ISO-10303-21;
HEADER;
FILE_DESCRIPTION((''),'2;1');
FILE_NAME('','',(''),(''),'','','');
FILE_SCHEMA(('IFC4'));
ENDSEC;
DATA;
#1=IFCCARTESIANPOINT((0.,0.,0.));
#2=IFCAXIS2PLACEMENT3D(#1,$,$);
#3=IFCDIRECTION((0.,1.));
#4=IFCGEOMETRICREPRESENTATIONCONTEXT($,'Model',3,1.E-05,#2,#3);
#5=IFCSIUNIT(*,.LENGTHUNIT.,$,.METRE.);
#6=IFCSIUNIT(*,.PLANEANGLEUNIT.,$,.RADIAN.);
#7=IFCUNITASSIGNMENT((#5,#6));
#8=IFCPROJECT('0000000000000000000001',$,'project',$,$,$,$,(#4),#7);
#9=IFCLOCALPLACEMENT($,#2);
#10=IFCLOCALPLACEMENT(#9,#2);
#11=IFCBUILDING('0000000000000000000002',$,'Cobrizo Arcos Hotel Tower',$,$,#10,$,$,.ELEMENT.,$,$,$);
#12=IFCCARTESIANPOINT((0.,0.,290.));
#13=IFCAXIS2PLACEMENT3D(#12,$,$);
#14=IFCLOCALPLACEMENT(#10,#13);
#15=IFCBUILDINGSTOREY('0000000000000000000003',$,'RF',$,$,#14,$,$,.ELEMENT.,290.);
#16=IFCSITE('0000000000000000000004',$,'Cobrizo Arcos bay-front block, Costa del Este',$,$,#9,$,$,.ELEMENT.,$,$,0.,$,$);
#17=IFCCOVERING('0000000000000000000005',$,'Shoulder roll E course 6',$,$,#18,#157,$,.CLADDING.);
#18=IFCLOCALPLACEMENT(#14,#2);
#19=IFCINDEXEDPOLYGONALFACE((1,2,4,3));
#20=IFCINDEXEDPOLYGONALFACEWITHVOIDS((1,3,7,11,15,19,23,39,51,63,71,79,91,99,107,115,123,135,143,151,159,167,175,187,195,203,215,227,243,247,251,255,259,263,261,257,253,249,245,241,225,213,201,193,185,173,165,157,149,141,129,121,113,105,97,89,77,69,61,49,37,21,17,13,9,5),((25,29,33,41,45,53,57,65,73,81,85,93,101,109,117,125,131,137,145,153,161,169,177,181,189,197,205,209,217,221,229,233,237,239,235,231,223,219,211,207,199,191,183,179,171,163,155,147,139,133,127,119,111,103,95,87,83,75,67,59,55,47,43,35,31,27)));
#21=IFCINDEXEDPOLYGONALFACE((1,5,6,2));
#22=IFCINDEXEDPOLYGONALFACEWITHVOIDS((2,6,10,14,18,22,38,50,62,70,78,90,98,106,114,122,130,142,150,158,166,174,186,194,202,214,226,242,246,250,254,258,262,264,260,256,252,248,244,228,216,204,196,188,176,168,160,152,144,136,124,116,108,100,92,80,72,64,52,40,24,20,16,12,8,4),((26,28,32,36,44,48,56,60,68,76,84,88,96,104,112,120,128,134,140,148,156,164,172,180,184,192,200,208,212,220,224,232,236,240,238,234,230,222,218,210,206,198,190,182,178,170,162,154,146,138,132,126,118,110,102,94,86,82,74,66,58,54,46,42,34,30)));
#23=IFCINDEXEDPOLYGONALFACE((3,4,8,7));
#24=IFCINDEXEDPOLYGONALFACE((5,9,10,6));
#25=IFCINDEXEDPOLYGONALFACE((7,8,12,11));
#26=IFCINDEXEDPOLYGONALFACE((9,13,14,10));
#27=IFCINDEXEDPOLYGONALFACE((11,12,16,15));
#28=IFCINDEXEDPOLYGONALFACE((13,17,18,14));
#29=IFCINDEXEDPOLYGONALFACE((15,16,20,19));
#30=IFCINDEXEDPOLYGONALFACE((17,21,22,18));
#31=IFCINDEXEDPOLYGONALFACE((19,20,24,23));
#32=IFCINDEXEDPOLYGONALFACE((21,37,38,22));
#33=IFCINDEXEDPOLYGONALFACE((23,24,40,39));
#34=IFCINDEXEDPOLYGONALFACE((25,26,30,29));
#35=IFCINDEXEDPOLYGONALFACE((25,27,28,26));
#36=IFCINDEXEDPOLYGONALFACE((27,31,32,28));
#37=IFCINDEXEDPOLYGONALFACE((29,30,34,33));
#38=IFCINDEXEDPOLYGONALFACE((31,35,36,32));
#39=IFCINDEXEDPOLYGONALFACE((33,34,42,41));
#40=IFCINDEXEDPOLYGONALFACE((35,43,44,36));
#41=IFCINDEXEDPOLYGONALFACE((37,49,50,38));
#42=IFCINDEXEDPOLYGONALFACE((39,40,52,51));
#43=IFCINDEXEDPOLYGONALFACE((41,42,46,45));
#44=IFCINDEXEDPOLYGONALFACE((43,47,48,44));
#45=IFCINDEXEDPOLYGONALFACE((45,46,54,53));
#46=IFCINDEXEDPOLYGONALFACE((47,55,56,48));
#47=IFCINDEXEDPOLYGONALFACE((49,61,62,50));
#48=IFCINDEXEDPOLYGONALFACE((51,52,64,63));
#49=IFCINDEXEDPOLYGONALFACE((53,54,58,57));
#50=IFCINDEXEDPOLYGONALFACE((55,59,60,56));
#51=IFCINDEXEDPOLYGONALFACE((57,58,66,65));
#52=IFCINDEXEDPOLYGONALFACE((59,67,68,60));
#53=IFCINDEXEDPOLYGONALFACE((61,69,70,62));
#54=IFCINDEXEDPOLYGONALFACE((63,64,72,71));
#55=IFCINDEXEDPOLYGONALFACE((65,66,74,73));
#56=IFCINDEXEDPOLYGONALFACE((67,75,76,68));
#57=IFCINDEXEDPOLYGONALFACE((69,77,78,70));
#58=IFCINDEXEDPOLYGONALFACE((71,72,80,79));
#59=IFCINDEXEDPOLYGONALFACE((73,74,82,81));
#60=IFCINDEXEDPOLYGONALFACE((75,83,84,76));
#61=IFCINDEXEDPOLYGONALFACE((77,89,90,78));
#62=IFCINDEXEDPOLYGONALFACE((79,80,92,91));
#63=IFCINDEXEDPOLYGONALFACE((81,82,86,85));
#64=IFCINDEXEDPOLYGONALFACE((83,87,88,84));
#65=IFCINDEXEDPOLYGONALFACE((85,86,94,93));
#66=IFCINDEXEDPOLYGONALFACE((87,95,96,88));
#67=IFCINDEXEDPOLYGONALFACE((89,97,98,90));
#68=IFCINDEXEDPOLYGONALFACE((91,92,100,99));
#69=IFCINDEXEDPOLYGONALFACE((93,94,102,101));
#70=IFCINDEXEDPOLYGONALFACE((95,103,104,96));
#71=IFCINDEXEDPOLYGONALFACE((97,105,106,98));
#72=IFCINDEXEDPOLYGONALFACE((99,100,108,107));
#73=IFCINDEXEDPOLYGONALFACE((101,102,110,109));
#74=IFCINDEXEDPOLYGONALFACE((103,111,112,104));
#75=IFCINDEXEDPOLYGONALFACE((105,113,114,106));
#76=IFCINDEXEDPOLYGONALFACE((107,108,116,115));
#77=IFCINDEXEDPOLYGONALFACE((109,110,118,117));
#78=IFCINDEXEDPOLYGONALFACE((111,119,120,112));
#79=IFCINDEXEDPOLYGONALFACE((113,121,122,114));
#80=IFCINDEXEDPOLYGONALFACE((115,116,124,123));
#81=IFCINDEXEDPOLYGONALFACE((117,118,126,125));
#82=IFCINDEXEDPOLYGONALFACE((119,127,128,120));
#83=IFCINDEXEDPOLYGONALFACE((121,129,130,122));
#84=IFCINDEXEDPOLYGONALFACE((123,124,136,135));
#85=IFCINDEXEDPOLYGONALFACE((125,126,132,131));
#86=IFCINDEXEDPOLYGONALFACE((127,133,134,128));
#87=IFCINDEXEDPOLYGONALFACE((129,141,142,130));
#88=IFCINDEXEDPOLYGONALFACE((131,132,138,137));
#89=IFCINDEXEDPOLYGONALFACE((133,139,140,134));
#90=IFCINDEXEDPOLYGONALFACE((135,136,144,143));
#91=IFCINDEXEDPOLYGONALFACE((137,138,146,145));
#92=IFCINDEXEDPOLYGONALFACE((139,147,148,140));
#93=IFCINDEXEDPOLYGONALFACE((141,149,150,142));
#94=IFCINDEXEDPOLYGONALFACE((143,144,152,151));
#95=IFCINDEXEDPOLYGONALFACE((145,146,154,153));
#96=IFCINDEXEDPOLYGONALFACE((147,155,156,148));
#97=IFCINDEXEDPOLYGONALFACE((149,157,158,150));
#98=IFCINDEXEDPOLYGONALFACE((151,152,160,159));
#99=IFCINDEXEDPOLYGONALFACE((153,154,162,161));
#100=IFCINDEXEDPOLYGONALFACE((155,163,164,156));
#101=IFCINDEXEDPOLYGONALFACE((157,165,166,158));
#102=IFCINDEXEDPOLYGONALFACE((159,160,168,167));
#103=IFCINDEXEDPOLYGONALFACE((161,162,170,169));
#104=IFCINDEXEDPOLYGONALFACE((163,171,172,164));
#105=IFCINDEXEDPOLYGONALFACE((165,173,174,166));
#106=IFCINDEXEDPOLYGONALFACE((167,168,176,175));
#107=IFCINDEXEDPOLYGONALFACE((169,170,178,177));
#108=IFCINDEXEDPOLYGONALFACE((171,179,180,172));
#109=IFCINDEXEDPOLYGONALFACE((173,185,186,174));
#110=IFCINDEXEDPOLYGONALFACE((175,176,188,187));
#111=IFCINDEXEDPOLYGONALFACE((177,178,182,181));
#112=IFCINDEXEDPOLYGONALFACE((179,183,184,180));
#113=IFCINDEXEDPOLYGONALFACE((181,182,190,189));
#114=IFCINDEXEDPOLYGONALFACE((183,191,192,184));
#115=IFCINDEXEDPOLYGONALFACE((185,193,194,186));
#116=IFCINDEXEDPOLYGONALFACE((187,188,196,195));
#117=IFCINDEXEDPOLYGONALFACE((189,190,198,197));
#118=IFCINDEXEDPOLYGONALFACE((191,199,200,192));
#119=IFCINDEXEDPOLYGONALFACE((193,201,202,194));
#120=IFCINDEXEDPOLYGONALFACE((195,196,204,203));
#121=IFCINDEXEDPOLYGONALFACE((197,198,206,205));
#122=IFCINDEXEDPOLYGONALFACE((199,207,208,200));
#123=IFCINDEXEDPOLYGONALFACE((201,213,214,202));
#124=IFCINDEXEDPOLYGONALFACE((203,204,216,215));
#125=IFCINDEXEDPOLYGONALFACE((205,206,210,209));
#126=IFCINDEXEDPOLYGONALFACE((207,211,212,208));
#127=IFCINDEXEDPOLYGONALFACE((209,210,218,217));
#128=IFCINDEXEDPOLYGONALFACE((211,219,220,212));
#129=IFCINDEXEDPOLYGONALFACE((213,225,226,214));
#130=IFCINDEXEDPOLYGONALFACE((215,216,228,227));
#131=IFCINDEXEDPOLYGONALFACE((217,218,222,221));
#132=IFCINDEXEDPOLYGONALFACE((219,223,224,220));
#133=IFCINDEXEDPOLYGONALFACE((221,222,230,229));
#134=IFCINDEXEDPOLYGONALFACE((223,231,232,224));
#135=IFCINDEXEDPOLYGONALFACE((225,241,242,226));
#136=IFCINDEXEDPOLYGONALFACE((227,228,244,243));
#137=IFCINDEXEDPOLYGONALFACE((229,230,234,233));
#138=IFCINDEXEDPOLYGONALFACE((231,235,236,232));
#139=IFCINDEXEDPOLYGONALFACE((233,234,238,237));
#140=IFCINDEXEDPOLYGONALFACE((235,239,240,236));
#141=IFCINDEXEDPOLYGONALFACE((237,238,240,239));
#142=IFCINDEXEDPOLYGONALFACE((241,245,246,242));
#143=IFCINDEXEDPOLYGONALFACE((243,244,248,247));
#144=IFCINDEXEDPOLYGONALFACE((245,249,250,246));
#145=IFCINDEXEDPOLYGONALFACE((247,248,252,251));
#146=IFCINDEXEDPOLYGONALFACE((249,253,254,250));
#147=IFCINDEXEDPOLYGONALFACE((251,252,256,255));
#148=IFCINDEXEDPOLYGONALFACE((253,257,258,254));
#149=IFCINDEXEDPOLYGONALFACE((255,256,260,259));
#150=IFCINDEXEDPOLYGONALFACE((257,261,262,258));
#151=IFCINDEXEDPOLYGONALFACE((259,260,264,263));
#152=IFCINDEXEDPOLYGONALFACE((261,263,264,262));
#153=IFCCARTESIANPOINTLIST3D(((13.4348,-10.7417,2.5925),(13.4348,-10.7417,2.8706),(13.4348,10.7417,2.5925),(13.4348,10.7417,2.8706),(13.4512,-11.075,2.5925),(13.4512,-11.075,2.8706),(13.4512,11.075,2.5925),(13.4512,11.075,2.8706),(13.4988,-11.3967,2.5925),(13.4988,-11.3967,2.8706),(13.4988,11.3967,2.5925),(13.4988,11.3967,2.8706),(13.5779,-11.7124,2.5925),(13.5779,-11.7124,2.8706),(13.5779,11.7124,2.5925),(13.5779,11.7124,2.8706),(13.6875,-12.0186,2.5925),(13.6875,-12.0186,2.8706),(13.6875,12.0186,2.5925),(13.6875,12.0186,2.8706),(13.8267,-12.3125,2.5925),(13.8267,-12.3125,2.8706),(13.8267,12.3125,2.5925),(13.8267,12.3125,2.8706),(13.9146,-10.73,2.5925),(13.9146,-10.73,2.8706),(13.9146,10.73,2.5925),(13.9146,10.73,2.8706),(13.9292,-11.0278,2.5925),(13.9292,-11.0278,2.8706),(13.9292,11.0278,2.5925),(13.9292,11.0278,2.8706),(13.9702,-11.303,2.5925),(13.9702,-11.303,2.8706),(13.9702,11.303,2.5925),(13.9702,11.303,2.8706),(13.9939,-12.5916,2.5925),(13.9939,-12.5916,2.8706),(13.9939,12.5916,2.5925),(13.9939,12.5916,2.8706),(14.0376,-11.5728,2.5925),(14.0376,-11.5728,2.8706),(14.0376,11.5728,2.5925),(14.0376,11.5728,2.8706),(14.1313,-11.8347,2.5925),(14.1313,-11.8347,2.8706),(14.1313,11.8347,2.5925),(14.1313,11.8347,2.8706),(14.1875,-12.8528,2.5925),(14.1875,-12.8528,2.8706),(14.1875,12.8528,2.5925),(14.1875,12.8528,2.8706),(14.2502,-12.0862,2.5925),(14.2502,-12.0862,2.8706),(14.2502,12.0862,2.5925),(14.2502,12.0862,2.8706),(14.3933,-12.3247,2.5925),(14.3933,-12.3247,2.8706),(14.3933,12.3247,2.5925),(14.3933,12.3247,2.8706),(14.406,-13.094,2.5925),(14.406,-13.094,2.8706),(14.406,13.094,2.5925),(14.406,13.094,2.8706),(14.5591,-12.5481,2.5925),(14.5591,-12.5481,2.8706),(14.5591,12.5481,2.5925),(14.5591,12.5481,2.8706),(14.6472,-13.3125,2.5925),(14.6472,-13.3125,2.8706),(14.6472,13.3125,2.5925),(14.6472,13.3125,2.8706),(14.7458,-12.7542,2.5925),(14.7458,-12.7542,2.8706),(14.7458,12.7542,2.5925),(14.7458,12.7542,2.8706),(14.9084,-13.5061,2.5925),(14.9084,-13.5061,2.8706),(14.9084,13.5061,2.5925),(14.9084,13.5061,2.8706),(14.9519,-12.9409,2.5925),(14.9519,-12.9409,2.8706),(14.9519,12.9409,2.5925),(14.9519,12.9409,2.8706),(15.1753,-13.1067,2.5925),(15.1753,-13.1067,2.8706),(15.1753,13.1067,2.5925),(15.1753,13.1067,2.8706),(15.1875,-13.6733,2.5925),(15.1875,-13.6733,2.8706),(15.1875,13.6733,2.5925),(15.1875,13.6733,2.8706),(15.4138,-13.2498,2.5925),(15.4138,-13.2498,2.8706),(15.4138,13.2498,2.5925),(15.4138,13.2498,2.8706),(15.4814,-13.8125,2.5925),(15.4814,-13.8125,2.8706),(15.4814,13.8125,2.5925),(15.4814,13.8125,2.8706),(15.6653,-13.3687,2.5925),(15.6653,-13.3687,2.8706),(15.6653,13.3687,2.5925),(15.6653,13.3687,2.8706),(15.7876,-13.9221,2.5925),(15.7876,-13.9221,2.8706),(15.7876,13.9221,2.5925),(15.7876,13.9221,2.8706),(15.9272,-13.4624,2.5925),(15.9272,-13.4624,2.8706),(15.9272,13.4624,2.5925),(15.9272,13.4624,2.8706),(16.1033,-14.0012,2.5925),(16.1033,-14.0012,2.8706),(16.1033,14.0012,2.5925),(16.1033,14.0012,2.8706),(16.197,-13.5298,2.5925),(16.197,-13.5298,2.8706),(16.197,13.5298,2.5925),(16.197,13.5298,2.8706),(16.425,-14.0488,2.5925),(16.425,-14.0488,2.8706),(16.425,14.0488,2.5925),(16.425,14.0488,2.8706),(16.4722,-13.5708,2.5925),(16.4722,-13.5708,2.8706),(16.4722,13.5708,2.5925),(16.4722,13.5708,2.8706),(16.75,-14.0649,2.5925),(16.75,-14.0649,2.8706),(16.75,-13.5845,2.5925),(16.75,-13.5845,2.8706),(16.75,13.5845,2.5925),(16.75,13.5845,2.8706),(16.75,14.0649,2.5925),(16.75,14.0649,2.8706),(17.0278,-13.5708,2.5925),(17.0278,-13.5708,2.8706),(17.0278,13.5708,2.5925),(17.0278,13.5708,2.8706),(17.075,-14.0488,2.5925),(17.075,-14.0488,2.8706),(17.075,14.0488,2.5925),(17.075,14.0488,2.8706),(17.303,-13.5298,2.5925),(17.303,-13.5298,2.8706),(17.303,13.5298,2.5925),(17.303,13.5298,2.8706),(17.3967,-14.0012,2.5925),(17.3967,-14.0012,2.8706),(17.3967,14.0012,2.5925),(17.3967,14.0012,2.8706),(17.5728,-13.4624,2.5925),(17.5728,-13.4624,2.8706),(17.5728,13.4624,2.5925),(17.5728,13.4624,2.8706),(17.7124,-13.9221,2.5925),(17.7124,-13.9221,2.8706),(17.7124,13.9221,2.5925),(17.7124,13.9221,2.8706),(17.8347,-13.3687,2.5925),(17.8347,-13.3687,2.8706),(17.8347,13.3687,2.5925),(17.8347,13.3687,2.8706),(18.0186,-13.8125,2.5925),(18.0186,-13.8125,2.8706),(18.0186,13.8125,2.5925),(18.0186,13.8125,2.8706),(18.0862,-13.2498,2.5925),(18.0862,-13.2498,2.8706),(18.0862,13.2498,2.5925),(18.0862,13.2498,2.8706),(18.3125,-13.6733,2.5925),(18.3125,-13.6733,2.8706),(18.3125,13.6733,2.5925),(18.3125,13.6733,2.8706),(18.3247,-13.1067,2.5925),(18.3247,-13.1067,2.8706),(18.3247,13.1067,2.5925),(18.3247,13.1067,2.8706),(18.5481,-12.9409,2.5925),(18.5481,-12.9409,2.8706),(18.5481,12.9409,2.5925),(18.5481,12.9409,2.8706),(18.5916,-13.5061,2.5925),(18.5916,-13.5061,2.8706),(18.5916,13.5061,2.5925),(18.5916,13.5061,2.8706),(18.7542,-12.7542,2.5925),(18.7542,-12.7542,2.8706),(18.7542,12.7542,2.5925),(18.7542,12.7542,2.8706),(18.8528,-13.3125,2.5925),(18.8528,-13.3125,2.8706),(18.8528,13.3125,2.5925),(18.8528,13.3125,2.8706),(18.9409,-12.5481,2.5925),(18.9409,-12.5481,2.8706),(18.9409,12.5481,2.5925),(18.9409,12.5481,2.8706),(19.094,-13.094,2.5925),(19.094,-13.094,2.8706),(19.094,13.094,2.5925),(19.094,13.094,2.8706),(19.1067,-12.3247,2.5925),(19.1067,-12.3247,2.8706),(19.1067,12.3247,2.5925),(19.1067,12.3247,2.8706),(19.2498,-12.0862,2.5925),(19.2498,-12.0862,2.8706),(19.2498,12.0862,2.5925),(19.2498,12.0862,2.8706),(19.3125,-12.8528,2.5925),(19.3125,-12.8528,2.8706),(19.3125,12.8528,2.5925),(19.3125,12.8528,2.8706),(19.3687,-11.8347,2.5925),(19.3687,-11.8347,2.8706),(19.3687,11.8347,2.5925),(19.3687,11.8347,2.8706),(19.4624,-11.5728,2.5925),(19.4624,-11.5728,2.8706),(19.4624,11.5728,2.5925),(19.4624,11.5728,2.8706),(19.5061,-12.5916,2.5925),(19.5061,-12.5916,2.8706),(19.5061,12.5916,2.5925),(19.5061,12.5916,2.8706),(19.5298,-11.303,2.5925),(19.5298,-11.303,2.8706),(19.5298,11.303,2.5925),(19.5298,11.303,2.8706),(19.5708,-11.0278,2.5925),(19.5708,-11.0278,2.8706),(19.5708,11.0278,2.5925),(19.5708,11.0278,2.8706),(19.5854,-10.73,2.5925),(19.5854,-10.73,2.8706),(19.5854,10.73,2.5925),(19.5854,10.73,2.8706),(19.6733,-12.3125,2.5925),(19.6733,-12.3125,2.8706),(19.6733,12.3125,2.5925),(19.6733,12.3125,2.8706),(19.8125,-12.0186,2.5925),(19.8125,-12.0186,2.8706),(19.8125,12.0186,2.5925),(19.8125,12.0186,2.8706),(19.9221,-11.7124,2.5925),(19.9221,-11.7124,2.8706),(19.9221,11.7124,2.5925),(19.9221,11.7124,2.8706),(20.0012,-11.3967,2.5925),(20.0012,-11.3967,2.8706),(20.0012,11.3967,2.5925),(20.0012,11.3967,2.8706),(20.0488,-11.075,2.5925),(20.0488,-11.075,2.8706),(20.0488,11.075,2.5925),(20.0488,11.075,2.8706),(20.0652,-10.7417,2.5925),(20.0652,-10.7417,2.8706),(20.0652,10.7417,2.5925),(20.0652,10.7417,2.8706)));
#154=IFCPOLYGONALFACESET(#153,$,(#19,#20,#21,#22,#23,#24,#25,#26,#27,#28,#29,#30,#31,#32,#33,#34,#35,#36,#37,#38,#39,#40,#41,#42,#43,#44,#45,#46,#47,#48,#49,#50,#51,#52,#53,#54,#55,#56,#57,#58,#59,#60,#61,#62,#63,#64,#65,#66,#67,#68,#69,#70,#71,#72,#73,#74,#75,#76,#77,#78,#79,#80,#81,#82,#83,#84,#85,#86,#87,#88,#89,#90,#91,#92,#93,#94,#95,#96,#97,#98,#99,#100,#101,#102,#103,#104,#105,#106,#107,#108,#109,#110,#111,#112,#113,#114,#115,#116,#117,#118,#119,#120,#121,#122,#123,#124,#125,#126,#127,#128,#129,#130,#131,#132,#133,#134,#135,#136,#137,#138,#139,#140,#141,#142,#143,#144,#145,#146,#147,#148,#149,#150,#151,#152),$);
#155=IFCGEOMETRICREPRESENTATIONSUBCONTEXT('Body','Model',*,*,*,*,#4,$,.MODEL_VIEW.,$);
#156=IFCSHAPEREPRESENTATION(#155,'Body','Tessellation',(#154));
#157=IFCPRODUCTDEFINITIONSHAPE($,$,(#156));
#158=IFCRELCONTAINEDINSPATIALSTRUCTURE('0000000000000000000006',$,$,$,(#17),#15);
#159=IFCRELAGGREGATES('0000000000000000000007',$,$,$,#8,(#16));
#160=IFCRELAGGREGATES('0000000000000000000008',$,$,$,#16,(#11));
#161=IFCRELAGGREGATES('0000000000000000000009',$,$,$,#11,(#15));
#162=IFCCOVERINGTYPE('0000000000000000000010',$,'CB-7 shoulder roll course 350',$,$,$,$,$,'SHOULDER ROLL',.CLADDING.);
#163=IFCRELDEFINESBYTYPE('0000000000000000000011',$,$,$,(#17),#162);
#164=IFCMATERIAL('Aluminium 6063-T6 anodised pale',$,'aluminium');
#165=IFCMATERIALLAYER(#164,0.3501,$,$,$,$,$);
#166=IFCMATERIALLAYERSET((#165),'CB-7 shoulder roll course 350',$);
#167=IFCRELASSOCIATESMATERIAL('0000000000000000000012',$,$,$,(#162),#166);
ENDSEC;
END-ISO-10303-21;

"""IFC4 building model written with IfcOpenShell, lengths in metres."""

from ifc_helpers import new_model, si_unit, direction, frame, origin, place, context, subcontext, project, spatial, polyline, outline, extrude, material, layer, layer_set, type_object, element, save


model = new_model("IFC4")

# Units and contexts
model_context = context("Model", 3, precision=1e-05, world=origin(), true_north=direction((0.0, 1.0)))
body_context = subcontext(model_context, "Body", "Model", "MODEL_VIEW")
ifc_project = project(units=[si_unit("LENGTHUNIT", "METRE"), si_unit("PLANEANGLEUNIT", "RADIAN")], contexts=[model_context])

# Site, building, storey
site_placement = place(None, origin())
site = spatial("IfcSite", under=ifc_project, at=site_placement, Name="Cobrizo Arcos bay-front block, Costa del Este", CompositionType="ELEMENT", RefElevation=0.0)
building_placement = place(site_placement, origin())
building = spatial("IfcBuilding", under=site, at=building_placement, Name="Cobrizo Arcos Hotel Tower", CompositionType="ELEMENT")
storey_placement = place(building_placement, frame((0.0, 0.0, 290.0)))
storey = spatial("IfcBuildingStorey", under=building, at=storey_placement, Name="RF", CompositionType="ELEMENT", Elevation=290.0)

# Covering
ifc_material_1 = material(Name="Aluminium 6063-T6 anodised pale", Category="aluminium")
ifc_layer_1 = layer(ifc_material_1, 0.3501)
ifc_layer_set_1 = layer_set([ifc_layer_1], Name="CB-7 shoulder roll course 350")
covering_type_1 = type_object("IfcCoveringType", Name="CB-7 shoulder roll course 350", ElementType="SHOULDER ROLL", PredefinedType="CLADDING", material=ifc_layer_set_1)
covering_1_placement = place(storey_placement, frame((0.0, 0.0, 2.5925)))
element("IfcCovering", 1, at=covering_1_placement, inside=storey, type_object=covering_type_1, Name="Shoulder roll E course 6", PredefinedType="CLADDING", context=body_context, shape_type="SweptSolid", body=[
    extrude(outline(polyline([(13.4348, 10.7417), (13.4512, 11.075), (13.4988, 11.3967), (13.5779, 11.7124), (13.6875, 12.0186), (13.8267, 12.3125), (13.9939, 12.5916), (14.1875, 12.8528), (14.406, 13.094), (14.6472, 13.3125), (14.9084, 13.5061), (15.1875, 13.6733), (15.4814, 13.8125), (15.7876, 13.9221), (16.1033, 14.0012), (16.425, 14.0488), (16.75, 14.0649), (17.075, 14.0488), (17.3967, 14.0012), (17.7124, 13.9221), (18.0186, 13.8125), (18.3125, 13.6733), (18.5916, 13.5061), (18.8528, 13.3125), (19.094, 13.094), (19.3125, 12.8528), (19.5061, 12.5916), (19.6733, 12.3125), (19.8125, 12.0186), (19.9221, 11.7124), (20.0012, 11.3967), (20.0488, 11.075), (20.0652, 10.7417), (20.0652, -10.7417), (20.0488, -11.075), (20.0012, -11.3967), (19.9221, -11.7124), (19.8125, -12.0186), (19.6733, -12.3125), (19.5061, -12.5916), (19.3125, -12.8528), (19.094, -13.094), (18.8528, -13.3125), (18.5916, -13.5061), (18.3125, -13.6733), (18.0186, -13.8125), (17.7124, -13.9221), (17.3967, -14.0012), (17.075, -14.0488), (16.75, -14.0649), (16.425, -14.0488), (16.1033, -14.0012), (15.7876, -13.9221), (15.4814, -13.8125), (15.1875, -13.6733), (14.9084, -13.5061), (14.6472, -13.3125), (14.406, -13.094), (14.1875, -12.8528), (13.9939, -12.5916), (13.8267, -12.3125), (13.6875, -12.0186), (13.5779, -11.7124), (13.4988, -11.3967), (13.4512, -11.075), (13.4348, -10.7417), (13.4348, 10.7417)]), holes=[polyline([(13.9146, 10.73), (13.9292, 11.0278), (13.9702, 11.303), (14.0376, 11.5728), (14.1313, 11.8347), (14.2502, 12.0862), (14.3933, 12.3247), (14.5591, 12.5481), (14.7458, 12.7542), (14.9519, 12.9409), (15.1753, 13.1067), (15.4138, 13.2498), (15.6653, 13.3687), (15.9272, 13.4624), (16.197, 13.5298), (16.4722, 13.5708), (16.75, 13.5845), (17.0278, 13.5708), (17.303, 13.5298), (17.5728, 13.4624), (17.8347, 13.3687), (18.0862, 13.2498), (18.3247, 13.1067), (18.5481, 12.9409), (18.7542, 12.7542), (18.9409, 12.5481), (19.1067, 12.3247), (19.2498, 12.0862), (19.3687, 11.8347), (19.4624, 11.5728), (19.5298, 11.303), (19.5708, 11.0278), (19.5854, 10.73), (19.5854, -10.73), (19.5708, -11.0278), (19.5298, -11.303), (19.4624, -11.5728), (19.3687, -11.8347), (19.2498, -12.0862), (19.1067, -12.3247), (18.9409, -12.5481), (18.7542, -12.7542), (18.5481, -12.9409), (18.3247, -13.1067), (18.0862, -13.2498), (17.8347, -13.3687), (17.5728, -13.4624), (17.303, -13.5298), (17.0278, -13.5708), (16.75, -13.5845), (16.4722, -13.5708), (16.197, -13.5298), (15.9272, -13.4624), (15.6653, -13.3687), (15.4138, -13.2498), (15.1753, -13.1067), (14.9519, -12.9409), (14.7458, -12.7542), (14.5591, -12.5481), (14.3933, -12.3247), (14.2502, -12.0862), (14.1313, -11.8347), (14.0376, -11.5728), (13.9702, -11.303), (13.9292, -11.0278), (13.9146, -10.73), (13.9146, 10.73)])]), origin(), (0.0, 0.0, 1.0), 0.2781),
])

save(model, "model.ifc")
